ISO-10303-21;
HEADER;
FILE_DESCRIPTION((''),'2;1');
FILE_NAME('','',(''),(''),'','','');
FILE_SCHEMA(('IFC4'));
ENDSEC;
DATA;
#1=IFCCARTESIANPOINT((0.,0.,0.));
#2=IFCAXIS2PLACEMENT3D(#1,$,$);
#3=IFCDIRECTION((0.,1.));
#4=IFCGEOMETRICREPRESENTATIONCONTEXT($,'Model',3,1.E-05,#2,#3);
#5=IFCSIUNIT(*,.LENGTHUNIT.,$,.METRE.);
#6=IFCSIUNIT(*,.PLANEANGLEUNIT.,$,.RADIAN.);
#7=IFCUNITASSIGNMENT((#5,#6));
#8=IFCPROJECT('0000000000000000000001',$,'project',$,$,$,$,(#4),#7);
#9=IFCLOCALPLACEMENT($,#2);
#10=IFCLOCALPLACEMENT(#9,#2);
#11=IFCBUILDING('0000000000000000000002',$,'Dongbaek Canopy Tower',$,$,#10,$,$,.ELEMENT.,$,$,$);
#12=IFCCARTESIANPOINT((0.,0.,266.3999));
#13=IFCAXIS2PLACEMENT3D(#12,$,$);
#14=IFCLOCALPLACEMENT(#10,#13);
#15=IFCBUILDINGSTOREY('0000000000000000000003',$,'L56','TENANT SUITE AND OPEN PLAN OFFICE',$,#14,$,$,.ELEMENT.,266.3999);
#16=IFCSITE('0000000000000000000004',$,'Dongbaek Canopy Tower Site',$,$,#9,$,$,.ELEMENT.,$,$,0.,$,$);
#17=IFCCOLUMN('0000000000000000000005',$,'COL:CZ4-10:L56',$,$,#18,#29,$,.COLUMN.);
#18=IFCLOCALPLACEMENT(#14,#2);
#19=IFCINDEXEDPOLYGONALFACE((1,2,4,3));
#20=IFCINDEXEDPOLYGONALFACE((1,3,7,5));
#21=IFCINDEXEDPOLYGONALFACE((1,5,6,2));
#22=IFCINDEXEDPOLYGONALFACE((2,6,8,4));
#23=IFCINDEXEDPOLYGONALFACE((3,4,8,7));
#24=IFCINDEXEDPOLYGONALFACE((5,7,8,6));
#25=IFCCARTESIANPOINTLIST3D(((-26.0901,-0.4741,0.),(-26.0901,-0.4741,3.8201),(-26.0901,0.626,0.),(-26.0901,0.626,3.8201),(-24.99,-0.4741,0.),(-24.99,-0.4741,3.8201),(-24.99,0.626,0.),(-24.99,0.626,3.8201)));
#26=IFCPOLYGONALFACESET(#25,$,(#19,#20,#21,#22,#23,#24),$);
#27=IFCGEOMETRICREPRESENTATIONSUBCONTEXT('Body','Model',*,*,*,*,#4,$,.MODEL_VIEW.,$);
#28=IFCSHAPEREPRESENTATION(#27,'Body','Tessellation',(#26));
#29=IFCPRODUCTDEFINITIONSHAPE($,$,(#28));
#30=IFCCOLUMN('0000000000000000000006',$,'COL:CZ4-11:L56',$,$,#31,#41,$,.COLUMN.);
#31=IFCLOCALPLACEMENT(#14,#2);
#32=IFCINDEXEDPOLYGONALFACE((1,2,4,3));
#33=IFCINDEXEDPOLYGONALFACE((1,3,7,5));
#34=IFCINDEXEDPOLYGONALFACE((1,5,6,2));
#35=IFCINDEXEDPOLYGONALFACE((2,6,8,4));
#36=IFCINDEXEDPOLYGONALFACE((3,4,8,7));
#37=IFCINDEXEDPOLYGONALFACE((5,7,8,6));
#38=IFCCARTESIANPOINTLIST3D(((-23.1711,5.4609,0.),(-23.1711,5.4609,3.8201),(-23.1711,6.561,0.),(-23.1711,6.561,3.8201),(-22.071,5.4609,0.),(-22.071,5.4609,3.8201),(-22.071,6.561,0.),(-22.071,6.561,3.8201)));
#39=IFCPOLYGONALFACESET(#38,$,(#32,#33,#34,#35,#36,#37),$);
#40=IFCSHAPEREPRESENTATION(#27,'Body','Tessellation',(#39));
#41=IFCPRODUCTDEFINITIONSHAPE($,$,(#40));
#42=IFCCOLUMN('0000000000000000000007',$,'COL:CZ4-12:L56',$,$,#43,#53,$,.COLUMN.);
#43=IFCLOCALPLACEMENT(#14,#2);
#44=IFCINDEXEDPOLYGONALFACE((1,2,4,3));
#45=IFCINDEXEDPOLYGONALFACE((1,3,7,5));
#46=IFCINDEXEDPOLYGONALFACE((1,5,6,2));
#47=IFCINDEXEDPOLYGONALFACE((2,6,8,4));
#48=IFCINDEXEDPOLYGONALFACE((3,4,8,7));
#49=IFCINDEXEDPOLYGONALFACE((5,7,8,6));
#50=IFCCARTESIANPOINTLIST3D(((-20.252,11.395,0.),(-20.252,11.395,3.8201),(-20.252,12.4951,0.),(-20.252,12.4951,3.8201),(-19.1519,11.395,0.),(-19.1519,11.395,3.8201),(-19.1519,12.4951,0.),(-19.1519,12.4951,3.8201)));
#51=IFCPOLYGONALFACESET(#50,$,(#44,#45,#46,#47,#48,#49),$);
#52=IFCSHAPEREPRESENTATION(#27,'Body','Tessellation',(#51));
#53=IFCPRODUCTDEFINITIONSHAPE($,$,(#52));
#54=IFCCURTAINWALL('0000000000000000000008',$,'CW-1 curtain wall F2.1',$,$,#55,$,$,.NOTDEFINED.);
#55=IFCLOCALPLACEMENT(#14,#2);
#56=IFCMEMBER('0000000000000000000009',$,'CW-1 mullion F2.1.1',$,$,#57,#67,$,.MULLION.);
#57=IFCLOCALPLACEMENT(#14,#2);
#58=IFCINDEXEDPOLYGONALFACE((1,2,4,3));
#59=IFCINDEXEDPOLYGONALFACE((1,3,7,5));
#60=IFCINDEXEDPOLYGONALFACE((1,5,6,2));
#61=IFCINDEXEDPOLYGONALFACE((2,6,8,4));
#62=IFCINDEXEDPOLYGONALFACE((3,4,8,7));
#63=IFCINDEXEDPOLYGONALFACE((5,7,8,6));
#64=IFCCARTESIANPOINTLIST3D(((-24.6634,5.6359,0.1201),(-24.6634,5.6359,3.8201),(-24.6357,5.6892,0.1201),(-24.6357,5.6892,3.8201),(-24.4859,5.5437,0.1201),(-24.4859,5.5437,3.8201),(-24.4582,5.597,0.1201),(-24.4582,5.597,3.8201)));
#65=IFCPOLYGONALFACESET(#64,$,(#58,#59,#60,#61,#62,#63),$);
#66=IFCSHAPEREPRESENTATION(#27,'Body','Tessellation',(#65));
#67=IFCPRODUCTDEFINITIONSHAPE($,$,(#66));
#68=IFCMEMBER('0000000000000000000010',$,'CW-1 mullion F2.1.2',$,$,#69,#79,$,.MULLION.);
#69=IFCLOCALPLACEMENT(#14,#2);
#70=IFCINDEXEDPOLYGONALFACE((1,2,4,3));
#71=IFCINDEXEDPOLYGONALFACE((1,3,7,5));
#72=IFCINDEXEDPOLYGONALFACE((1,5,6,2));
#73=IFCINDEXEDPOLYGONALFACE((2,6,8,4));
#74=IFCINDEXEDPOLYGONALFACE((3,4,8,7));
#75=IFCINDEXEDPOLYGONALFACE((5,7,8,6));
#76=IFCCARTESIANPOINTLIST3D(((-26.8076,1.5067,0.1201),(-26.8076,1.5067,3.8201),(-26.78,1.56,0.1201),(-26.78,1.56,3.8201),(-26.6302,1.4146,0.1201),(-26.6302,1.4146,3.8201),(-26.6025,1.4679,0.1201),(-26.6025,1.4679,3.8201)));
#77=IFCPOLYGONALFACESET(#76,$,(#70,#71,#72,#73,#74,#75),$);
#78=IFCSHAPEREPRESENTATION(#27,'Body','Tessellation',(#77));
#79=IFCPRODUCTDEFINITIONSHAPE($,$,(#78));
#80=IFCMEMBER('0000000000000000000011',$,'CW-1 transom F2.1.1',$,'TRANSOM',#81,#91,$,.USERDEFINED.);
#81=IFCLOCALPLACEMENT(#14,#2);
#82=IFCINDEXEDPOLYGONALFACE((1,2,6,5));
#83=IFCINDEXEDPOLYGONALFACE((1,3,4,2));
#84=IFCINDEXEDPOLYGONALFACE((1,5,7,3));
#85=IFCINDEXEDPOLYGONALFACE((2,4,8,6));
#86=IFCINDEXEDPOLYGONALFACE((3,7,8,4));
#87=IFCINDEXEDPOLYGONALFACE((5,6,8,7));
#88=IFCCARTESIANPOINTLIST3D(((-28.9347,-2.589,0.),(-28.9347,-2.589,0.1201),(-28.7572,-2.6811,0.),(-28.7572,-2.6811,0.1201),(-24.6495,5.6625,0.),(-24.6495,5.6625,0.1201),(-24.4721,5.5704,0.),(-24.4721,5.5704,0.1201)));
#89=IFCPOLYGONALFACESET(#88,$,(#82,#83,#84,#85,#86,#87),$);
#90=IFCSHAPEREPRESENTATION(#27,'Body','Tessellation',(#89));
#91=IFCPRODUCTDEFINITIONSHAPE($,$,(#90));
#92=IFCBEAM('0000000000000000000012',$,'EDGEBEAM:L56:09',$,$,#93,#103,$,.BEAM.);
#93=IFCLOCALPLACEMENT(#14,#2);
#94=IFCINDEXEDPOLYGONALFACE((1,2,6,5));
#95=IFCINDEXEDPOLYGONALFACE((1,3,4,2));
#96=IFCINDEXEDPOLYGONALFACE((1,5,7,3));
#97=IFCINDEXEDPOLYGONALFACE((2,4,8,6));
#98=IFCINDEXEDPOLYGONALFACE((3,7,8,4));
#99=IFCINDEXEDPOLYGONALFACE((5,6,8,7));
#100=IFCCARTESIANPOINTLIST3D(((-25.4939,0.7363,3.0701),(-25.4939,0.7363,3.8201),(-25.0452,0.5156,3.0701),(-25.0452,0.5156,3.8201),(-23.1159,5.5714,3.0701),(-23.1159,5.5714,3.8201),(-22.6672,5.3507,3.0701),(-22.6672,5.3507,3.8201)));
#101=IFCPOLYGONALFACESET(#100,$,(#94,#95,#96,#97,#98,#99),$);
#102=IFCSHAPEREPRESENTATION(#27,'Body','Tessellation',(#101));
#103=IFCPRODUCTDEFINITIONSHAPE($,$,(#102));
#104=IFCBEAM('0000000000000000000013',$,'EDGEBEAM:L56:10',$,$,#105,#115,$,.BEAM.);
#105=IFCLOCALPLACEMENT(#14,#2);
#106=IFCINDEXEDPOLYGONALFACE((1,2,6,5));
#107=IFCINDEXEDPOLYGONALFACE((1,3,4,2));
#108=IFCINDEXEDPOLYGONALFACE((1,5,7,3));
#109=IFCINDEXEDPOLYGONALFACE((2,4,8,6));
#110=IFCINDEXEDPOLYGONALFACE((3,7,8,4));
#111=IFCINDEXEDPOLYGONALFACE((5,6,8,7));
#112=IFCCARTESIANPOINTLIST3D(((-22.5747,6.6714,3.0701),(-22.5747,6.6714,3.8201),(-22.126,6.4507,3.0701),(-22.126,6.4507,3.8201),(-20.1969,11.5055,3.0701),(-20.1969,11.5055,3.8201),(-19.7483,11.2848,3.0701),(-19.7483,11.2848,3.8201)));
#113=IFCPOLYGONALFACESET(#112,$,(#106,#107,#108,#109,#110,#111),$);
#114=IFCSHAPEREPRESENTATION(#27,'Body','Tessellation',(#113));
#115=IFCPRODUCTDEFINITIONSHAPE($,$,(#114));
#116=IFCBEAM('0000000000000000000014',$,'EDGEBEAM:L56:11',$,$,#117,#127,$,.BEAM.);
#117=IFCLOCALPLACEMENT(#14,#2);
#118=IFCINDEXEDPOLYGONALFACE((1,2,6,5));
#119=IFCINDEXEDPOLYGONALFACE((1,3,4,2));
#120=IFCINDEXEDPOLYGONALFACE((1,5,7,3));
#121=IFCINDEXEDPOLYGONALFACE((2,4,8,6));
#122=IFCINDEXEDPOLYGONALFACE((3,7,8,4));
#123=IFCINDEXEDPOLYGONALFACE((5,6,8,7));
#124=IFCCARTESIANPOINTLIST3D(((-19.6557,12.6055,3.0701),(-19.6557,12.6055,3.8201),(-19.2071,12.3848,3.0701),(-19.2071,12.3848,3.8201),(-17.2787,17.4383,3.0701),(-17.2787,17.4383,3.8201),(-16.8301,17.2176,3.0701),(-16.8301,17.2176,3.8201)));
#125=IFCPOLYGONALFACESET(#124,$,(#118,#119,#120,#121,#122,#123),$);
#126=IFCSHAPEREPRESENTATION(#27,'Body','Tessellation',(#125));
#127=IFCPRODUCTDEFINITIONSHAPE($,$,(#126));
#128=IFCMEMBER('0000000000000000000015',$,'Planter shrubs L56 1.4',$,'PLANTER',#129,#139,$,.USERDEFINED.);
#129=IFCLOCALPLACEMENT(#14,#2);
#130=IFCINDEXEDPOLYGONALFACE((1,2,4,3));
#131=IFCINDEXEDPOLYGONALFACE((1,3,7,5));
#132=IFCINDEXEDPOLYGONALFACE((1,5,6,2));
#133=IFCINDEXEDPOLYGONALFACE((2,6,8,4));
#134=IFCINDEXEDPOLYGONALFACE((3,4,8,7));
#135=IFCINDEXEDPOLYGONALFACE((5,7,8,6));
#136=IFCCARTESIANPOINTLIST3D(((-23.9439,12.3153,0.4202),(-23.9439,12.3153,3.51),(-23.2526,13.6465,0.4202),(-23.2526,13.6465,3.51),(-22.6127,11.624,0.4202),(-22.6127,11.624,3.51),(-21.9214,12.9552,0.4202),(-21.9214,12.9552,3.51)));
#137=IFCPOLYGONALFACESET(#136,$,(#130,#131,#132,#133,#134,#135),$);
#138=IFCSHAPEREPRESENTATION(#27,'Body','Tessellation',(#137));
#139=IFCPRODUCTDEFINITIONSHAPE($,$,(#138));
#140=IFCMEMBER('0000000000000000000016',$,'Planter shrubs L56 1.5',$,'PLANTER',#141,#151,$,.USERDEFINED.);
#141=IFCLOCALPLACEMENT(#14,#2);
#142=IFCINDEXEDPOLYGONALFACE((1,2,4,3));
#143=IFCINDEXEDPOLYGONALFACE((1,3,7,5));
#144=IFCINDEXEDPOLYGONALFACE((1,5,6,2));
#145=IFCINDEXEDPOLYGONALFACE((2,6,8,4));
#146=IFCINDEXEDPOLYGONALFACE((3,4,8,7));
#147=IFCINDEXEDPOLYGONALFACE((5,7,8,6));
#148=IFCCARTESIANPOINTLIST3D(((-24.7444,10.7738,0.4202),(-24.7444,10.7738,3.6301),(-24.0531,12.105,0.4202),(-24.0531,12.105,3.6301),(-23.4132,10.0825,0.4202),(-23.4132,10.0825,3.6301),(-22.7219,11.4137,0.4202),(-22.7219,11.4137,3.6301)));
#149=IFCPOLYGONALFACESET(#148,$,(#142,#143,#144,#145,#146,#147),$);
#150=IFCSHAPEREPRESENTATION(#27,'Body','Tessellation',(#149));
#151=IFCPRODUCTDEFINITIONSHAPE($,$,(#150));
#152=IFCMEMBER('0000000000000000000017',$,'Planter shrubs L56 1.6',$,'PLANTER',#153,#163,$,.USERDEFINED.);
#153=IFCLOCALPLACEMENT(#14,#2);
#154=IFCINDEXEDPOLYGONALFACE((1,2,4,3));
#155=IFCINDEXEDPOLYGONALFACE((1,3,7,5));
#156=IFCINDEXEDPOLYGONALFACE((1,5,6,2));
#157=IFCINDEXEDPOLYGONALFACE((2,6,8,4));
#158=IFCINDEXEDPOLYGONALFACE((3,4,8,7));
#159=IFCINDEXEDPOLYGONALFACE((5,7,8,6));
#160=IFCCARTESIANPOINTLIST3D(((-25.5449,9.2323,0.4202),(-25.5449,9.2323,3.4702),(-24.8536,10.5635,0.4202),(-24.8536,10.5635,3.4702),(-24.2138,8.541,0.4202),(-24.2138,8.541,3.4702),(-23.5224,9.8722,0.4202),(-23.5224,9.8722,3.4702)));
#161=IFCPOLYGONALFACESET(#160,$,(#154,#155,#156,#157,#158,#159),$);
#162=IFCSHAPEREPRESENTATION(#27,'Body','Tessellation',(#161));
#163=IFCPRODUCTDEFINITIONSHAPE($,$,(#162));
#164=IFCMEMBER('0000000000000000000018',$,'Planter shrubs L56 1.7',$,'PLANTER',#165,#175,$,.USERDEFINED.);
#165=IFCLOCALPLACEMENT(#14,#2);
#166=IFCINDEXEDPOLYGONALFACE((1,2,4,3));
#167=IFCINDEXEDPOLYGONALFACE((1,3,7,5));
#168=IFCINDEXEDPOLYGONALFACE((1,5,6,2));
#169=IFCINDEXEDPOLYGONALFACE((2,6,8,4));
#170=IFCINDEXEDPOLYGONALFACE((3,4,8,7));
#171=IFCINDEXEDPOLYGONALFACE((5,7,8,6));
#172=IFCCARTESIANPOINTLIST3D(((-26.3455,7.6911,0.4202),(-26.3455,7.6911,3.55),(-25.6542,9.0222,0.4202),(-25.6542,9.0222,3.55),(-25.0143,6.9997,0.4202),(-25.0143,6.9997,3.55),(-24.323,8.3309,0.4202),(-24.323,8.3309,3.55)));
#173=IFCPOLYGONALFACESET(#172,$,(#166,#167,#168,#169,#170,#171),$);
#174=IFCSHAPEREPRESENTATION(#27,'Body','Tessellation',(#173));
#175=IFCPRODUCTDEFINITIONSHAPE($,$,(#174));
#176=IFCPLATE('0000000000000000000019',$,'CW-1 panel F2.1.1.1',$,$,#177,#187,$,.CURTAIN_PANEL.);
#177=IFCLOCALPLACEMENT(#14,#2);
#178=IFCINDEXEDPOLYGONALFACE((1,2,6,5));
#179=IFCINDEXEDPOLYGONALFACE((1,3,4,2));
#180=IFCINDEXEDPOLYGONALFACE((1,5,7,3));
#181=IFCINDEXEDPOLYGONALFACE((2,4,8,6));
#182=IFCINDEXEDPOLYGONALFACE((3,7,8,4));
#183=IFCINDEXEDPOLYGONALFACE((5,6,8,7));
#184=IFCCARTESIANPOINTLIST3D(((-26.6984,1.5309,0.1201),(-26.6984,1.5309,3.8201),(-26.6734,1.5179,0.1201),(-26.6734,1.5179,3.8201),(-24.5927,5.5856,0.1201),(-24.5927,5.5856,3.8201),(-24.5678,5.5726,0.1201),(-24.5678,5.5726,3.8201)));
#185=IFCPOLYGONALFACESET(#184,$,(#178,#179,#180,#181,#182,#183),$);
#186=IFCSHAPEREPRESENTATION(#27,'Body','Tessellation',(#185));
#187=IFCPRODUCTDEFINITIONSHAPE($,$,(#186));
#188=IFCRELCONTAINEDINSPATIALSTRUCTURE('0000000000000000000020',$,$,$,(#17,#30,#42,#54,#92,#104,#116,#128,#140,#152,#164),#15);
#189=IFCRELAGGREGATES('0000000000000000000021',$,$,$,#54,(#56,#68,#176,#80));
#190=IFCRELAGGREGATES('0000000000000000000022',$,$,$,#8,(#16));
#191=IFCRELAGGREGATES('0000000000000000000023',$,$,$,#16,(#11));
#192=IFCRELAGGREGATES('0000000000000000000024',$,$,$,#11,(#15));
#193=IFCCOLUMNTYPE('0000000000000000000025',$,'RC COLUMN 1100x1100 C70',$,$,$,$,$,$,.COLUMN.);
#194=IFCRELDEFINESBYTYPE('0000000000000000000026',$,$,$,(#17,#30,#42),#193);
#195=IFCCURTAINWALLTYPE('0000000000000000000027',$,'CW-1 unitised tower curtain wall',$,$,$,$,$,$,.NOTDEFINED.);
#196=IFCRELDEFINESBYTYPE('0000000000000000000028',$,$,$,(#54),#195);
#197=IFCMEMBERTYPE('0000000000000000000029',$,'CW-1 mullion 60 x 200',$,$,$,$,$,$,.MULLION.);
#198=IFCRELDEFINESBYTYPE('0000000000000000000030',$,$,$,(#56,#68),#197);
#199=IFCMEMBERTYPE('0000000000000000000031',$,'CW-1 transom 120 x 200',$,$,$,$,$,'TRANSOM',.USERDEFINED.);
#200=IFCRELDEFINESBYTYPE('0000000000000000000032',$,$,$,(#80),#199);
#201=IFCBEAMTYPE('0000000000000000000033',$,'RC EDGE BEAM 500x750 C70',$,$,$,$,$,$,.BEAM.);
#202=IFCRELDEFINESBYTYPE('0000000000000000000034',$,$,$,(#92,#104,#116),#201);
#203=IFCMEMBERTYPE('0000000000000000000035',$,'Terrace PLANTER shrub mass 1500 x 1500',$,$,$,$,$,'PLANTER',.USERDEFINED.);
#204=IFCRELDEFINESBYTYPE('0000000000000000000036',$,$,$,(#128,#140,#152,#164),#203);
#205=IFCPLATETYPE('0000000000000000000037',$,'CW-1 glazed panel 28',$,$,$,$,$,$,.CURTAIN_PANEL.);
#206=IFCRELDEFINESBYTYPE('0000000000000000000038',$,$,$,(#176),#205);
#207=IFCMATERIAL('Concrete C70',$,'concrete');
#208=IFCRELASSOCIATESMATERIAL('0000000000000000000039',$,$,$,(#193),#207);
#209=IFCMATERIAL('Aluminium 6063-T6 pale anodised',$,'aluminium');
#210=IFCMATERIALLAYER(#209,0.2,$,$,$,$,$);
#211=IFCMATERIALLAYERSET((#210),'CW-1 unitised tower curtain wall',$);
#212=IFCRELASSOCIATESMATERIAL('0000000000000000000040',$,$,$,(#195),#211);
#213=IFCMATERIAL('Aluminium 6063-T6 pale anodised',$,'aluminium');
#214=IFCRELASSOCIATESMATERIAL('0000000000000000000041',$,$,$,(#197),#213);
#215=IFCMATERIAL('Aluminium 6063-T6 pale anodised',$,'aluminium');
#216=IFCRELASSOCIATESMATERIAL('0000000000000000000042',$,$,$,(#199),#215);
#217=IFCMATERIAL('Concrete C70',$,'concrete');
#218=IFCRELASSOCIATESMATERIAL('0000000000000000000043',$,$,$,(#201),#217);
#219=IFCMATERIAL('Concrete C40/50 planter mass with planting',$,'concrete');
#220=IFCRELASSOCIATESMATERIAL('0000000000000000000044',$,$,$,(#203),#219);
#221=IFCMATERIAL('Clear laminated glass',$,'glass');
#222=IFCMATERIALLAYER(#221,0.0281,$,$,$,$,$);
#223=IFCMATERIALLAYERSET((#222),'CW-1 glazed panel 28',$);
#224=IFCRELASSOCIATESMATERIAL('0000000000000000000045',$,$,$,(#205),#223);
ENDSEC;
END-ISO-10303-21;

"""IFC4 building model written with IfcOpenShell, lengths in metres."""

from ifc_helpers import new_model, si_unit, direction, frame, origin, origin_2d, place, context, subcontext, project, spatial, rectangle, extrude, material, layer, layer_set, material_profile, profile_set, type_object, element, aggregate, save


model = new_model("IFC4")

# Units and contexts
model_context = context("Model", 3, precision=1e-05, world=origin(), true_north=direction((0.0, 1.0)))
body_context = subcontext(model_context, "Body", "Model", "MODEL_VIEW")
ifc_project = project(units=[si_unit("LENGTHUNIT", "METRE"), si_unit("PLANEANGLEUNIT", "RADIAN")], contexts=[model_context])

# Site, building, storey
site_placement = place(None, origin())
site = spatial("IfcSite", under=ifc_project, at=site_placement, Name="Dongbaek Canopy Tower Site", CompositionType="ELEMENT", RefElevation=0.0)
building_placement = place(site_placement, origin())
building = spatial("IfcBuilding", under=site, at=building_placement, Name="Dongbaek Canopy Tower", CompositionType="ELEMENT")
storey_placement = place(building_placement, frame((0.0, 0.0, 266.3999)))
storey = spatial("IfcBuildingStorey", under=building, at=storey_placement, Name="L56", Description="TENANT SUITE AND OPEN PLAN OFFICE", CompositionType="ELEMENT", Elevation=266.3999)

# Columns
ifc_material_1 = material(Name="Concrete C70", Category="concrete")
ifc_material_profile_1 = material_profile(ifc_material_1, rectangle(XDim=1.1001, YDim=1.1001, at=origin_2d()), Name="RC COLUMN 1100x1100 C70")
ifc_profile_set_1 = profile_set([ifc_material_profile_1], Name="Concrete C70")
column_type = type_object("IfcColumnType", Name="RC COLUMN 1100x1100 C70", PredefinedType="COLUMN", material=ifc_profile_set_1)
for number, where, z_axis, x_axis, name in (
    (1, (-25.54, 0.0759, 0.0), (0.0, 0.0, 1.0), (1.0, 0.0, 0.0), "COL:CZ4-10:L56"),
    (2, (-22.6211, 6.011, 0.0), (0.0, 0.0, 1.0), (1.0, 0.0, 0.0), "COL:CZ4-11:L56"),
    (3, (-19.7019, 11.9451, 0.0), (0.0, 0.0, 1.0), (1.0, 0.0, 0.0), "COL:CZ4-12:L56"),
):
    element("IfcColumn", number, at=place(storey_placement, frame(where, z_axis=z_axis, x_axis=x_axis)), inside=storey, type_object=column_type, Name=name, PredefinedType="COLUMN", context=body_context, shape_type="SweptSolid", body=[
        extrude(rectangle(XDim=1.1001, YDim=1.1001, at=origin_2d()), origin(), (0.0, 0.0, 1.0), 3.8201),
    ])

# Curtain wall, members
ifc_material_2 = material(Name="Aluminium 6063-T6 pale anodised", Category="aluminium")
ifc_layer_1 = layer(ifc_material_2, 0.2)
ifc_layer_set_1 = layer_set([ifc_layer_1], Name="CW-1 unitised tower curtain wall")
curtain_wall_type = type_object("IfcCurtainWallType", Name="CW-1 unitised tower curtain wall", PredefinedType="NOTDEFINED", material=ifc_layer_set_1)
curtain_wall_placement = place(storey_placement, origin())
curtain_wall = element("IfcCurtainWall", 4, at=curtain_wall_placement, inside=storey, type_object=curtain_wall_type, Name="CW-1 curtain wall F2.1", PredefinedType="NOTDEFINED")
ifc_material_3 = material(Name="Aluminium 6063-T6 pale anodised", Category="aluminium")
ifc_material_profile_2 = material_profile(ifc_material_3, rectangle(XDim=0.2, YDim=0.0601, at=origin_2d()), Name="CW-1 mullion 60 x 200")
ifc_profile_set_2 = profile_set([ifc_material_profile_2], Name="Aluminium 6063-T6 pale anodised")
member_type_1 = type_object("IfcMemberType", Name="CW-1 mullion 60 x 200", PredefinedType="MULLION", material=ifc_profile_set_2)
member_1_placement = place(storey_placement, frame((-24.5608, 5.6165, 0.1201), z_axis=(0.0, 0.0, 1.0), x_axis=(-0.887462, 0.46088, 0.0)))
member_1 = element("IfcMember", 5, at=member_1_placement, type_object=member_type_1, Name="CW-1 mullion F2.1.1", PredefinedType="MULLION", context=body_context, shape_type="SweptSolid", body=[
    extrude(rectangle(XDim=0.2, YDim=0.0601, at=origin_2d()), origin(), (0.0, 0.0, 1.0), 3.7),
])
member_2_placement = place(storey_placement, frame((-26.7051, 1.4873, 0.1201), z_axis=(0.0, 0.0, 1.0), x_axis=(-0.887462, 0.46088, 0.0)))
member_2 = element("IfcMember", 6, at=member_2_placement, type_object=member_type_1, Name="CW-1 mullion F2.1.2", PredefinedType="MULLION", context=body_context, shape_type="SweptSolid", body=[
    extrude(rectangle(XDim=0.2, YDim=0.0601, at=origin_2d()), origin(), (0.0, 0.0, 1.0), 3.7),
])
ifc_material_4 = material(Name="Aluminium 6063-T6 pale anodised", Category="aluminium")
ifc_material_profile_3 = material_profile(ifc_material_4, rectangle(XDim=0.2, YDim=0.1201, at=origin_2d()), Name="CW-1 transom 120 x 200")
ifc_profile_set_3 = profile_set([ifc_material_profile_3], Name="Aluminium 6063-T6 pale anodised")
member_type_2 = type_object("IfcMemberType", Name="CW-1 transom 120 x 200", ElementType="TRANSOM", PredefinedType="USERDEFINED", material=ifc_profile_set_3)
member_3_placement = place(storey_placement, frame((-24.5608, 5.6165, 0.0601), z_axis=(-0.460878, -0.887463, 0.0), x_axis=(0.887463, -0.460878, 0.0)))
member_3 = element("IfcMember", 7, at=member_3_placement, type_object=member_type_2, Name="CW-1 transom F2.1.1", ObjectType="TRANSOM", PredefinedType="USERDEFINED", context=body_context, shape_type="SweptSolid", body=[
    extrude(rectangle(XDim=0.2, YDim=0.1201, at=origin_2d()), origin(), (0.0, 0.0, 1.0), 9.2979),
])

# Beams
ifc_material_5 = material(Name="Concrete C70", Category="concrete")
ifc_material_profile_4 = material_profile(ifc_material_5, rectangle(XDim=0.5, YDim=0.75, at=origin_2d()), Name="RC EDGE BEAM 500x750 C70")
ifc_profile_set_4 = profile_set([ifc_material_profile_4], Name="Concrete C70")
beam_type = type_object("IfcBeamType", Name="RC EDGE BEAM 500x750 C70", PredefinedType="BEAM", material=ifc_profile_set_4)
beam_1_placement = place(storey_placement, frame((-25.2695, 0.626, 3.4451), z_axis=(0.441332, 0.897344, 0.0), x_axis=(-0.897344, 0.441332, 0.0)))
element("IfcBeam", 8, at=beam_1_placement, inside=storey, type_object=beam_type, Name="EDGEBEAM:L56:09", PredefinedType="BEAM", context=body_context, shape_type="SweptSolid", body=[
    extrude(rectangle(XDim=0.5, YDim=0.75, at=origin_2d()), origin(), (0.0, 0.0, 1.0), 5.3882),
])
beam_2_placement = place(storey_placement, frame((-22.3503, 6.561, 3.4451), z_axis=(0.441367, 0.897327, 0.0), x_axis=(-0.897327, 0.441367, 0.0)))
element("IfcBeam", 9, at=beam_2_placement, inside=storey, type_object=beam_type, Name="EDGEBEAM:L56:10", PredefinedType="BEAM", context=body_context, shape_type="SweptSolid", body=[
    extrude(rectangle(XDim=0.5, YDim=0.75, at=origin_2d()), origin(), (0.0, 0.0, 1.0), 5.3872),
])
beam_3_placement = place(storey_placement, frame((-19.4314, 12.4951, 3.4451), z_axis=(0.441347, 0.897336, 0.0), x_axis=(-0.897336, 0.441347, 0.0)))
element("IfcBeam", 10, at=beam_3_placement, inside=storey, type_object=beam_type, Name="EDGEBEAM:L56:11", PredefinedType="BEAM", context=body_context, shape_type="SweptSolid", body=[
    extrude(rectangle(XDim=0.5, YDim=0.75, at=origin_2d()), origin(), (0.0, 0.0, 1.0), 5.3857),
])

# Members
ifc_material_6 = material(Name="Concrete C40/50 planter mass with planting", Category="concrete")
ifc_material_profile_5 = material_profile(ifc_material_6, rectangle(XDim=1.5, YDim=1.5, at=origin_2d()), Name="Terrace PLANTER shrub mass 1500 x 1500")
ifc_profile_set_5 = profile_set([ifc_material_profile_5], Name="Concrete C40/50 planter mass with planting")
member_type_3 = type_object("IfcMemberType", Name="Terrace PLANTER shrub mass 1500 x 1500", ElementType="PLANTER", PredefinedType="USERDEFINED", material=ifc_profile_set_5)
member_4_placement = place(storey_placement, frame((-22.9326, 12.6353, 0.4202), z_axis=(0.0, 0.0, 1.0), x_axis=(-0.887462, 0.46088, 0.0)))
element("IfcMember", 11, at=member_4_placement, inside=storey, type_object=member_type_3, Name="Planter shrubs L56 1.4", ObjectType="PLANTER", PredefinedType="USERDEFINED", context=body_context, shape_type="SweptSolid", body=[
    extrude(rectangle(XDim=1.5, YDim=1.5, at=origin_2d()), origin(), (0.0, 0.0, 1.0), 3.0898),
])
member_5_placement = place(storey_placement, frame((-23.7332, 11.0938, 0.4202), z_axis=(0.0, 0.0, 1.0), x_axis=(-0.887462, 0.46088, 0.0)))
element("IfcMember", 12, at=member_5_placement, inside=storey, type_object=member_type_3, Name="Planter shrubs L56 1.5", ObjectType="PLANTER", PredefinedType="USERDEFINED", context=body_context, shape_type="SweptSolid", body=[
    extrude(rectangle(XDim=1.5, YDim=1.5, at=origin_2d()), origin(), (0.0, 0.0, 1.0), 3.21),
])
member_6_placement = place(storey_placement, frame((-24.5337, 9.5522, 0.4202), z_axis=(0.0, 0.0, 1.0), x_axis=(-0.887462, 0.46088, 0.0)))
element("IfcMember", 13, at=member_6_placement, inside=storey, type_object=member_type_3, Name="Planter shrubs L56 1.6", ObjectType="PLANTER", PredefinedType="USERDEFINED", context=body_context, shape_type="SweptSolid", body=[
    extrude(rectangle(XDim=1.5, YDim=1.5, at=origin_2d()), origin(), (0.0, 0.0, 1.0), 3.05),
])
member_7_placement = place(storey_placement, frame((-25.3342, 8.011, 0.4202), z_axis=(0.0, 0.0, 1.0), x_axis=(-0.887462, 0.46088, 0.0)))
element("IfcMember", 14, at=member_7_placement, inside=storey, type_object=member_type_3, Name="Planter shrubs L56 1.7", ObjectType="PLANTER", PredefinedType="USERDEFINED", context=body_context, shape_type="SweptSolid", body=[
    extrude(rectangle(XDim=1.5, YDim=1.5, at=origin_2d()), origin(), (0.0, 0.0, 1.0), 3.1299),
])

# Plate
ifc_material_7 = material(Name="Clear laminated glass", Category="glass")
ifc_layer_2 = layer(ifc_material_7, 0.0281)
ifc_layer_set_2 = layer_set([ifc_layer_2], Name="CW-1 glazed panel 28")
plate_type = type_object("IfcPlateType", Name="CW-1 glazed panel 28", PredefinedType="CURTAIN_PANEL", material=ifc_layer_set_2)
plate_placement = place(storey_placement, frame((-25.6331, 3.5518, 0.1201), z_axis=(0.0, 0.0, 1.0), x_axis=(-0.46088, -0.887462, 0.0)))
plate = element("IfcPlate", 15, at=plate_placement, type_object=plate_type, Name="CW-1 panel F2.1.1.1", PredefinedType="CURTAIN_PANEL", context=body_context, shape_type="SweptSolid", body=[
    extrude(rectangle(XDim=4.5688, YDim=0.0281, at=origin_2d()), origin(), (0.0, 0.0, 1.0), 3.7),
])

aggregate(curtain_wall, [member_1, member_2, plate, member_3])

save(model, "model.ifc")
